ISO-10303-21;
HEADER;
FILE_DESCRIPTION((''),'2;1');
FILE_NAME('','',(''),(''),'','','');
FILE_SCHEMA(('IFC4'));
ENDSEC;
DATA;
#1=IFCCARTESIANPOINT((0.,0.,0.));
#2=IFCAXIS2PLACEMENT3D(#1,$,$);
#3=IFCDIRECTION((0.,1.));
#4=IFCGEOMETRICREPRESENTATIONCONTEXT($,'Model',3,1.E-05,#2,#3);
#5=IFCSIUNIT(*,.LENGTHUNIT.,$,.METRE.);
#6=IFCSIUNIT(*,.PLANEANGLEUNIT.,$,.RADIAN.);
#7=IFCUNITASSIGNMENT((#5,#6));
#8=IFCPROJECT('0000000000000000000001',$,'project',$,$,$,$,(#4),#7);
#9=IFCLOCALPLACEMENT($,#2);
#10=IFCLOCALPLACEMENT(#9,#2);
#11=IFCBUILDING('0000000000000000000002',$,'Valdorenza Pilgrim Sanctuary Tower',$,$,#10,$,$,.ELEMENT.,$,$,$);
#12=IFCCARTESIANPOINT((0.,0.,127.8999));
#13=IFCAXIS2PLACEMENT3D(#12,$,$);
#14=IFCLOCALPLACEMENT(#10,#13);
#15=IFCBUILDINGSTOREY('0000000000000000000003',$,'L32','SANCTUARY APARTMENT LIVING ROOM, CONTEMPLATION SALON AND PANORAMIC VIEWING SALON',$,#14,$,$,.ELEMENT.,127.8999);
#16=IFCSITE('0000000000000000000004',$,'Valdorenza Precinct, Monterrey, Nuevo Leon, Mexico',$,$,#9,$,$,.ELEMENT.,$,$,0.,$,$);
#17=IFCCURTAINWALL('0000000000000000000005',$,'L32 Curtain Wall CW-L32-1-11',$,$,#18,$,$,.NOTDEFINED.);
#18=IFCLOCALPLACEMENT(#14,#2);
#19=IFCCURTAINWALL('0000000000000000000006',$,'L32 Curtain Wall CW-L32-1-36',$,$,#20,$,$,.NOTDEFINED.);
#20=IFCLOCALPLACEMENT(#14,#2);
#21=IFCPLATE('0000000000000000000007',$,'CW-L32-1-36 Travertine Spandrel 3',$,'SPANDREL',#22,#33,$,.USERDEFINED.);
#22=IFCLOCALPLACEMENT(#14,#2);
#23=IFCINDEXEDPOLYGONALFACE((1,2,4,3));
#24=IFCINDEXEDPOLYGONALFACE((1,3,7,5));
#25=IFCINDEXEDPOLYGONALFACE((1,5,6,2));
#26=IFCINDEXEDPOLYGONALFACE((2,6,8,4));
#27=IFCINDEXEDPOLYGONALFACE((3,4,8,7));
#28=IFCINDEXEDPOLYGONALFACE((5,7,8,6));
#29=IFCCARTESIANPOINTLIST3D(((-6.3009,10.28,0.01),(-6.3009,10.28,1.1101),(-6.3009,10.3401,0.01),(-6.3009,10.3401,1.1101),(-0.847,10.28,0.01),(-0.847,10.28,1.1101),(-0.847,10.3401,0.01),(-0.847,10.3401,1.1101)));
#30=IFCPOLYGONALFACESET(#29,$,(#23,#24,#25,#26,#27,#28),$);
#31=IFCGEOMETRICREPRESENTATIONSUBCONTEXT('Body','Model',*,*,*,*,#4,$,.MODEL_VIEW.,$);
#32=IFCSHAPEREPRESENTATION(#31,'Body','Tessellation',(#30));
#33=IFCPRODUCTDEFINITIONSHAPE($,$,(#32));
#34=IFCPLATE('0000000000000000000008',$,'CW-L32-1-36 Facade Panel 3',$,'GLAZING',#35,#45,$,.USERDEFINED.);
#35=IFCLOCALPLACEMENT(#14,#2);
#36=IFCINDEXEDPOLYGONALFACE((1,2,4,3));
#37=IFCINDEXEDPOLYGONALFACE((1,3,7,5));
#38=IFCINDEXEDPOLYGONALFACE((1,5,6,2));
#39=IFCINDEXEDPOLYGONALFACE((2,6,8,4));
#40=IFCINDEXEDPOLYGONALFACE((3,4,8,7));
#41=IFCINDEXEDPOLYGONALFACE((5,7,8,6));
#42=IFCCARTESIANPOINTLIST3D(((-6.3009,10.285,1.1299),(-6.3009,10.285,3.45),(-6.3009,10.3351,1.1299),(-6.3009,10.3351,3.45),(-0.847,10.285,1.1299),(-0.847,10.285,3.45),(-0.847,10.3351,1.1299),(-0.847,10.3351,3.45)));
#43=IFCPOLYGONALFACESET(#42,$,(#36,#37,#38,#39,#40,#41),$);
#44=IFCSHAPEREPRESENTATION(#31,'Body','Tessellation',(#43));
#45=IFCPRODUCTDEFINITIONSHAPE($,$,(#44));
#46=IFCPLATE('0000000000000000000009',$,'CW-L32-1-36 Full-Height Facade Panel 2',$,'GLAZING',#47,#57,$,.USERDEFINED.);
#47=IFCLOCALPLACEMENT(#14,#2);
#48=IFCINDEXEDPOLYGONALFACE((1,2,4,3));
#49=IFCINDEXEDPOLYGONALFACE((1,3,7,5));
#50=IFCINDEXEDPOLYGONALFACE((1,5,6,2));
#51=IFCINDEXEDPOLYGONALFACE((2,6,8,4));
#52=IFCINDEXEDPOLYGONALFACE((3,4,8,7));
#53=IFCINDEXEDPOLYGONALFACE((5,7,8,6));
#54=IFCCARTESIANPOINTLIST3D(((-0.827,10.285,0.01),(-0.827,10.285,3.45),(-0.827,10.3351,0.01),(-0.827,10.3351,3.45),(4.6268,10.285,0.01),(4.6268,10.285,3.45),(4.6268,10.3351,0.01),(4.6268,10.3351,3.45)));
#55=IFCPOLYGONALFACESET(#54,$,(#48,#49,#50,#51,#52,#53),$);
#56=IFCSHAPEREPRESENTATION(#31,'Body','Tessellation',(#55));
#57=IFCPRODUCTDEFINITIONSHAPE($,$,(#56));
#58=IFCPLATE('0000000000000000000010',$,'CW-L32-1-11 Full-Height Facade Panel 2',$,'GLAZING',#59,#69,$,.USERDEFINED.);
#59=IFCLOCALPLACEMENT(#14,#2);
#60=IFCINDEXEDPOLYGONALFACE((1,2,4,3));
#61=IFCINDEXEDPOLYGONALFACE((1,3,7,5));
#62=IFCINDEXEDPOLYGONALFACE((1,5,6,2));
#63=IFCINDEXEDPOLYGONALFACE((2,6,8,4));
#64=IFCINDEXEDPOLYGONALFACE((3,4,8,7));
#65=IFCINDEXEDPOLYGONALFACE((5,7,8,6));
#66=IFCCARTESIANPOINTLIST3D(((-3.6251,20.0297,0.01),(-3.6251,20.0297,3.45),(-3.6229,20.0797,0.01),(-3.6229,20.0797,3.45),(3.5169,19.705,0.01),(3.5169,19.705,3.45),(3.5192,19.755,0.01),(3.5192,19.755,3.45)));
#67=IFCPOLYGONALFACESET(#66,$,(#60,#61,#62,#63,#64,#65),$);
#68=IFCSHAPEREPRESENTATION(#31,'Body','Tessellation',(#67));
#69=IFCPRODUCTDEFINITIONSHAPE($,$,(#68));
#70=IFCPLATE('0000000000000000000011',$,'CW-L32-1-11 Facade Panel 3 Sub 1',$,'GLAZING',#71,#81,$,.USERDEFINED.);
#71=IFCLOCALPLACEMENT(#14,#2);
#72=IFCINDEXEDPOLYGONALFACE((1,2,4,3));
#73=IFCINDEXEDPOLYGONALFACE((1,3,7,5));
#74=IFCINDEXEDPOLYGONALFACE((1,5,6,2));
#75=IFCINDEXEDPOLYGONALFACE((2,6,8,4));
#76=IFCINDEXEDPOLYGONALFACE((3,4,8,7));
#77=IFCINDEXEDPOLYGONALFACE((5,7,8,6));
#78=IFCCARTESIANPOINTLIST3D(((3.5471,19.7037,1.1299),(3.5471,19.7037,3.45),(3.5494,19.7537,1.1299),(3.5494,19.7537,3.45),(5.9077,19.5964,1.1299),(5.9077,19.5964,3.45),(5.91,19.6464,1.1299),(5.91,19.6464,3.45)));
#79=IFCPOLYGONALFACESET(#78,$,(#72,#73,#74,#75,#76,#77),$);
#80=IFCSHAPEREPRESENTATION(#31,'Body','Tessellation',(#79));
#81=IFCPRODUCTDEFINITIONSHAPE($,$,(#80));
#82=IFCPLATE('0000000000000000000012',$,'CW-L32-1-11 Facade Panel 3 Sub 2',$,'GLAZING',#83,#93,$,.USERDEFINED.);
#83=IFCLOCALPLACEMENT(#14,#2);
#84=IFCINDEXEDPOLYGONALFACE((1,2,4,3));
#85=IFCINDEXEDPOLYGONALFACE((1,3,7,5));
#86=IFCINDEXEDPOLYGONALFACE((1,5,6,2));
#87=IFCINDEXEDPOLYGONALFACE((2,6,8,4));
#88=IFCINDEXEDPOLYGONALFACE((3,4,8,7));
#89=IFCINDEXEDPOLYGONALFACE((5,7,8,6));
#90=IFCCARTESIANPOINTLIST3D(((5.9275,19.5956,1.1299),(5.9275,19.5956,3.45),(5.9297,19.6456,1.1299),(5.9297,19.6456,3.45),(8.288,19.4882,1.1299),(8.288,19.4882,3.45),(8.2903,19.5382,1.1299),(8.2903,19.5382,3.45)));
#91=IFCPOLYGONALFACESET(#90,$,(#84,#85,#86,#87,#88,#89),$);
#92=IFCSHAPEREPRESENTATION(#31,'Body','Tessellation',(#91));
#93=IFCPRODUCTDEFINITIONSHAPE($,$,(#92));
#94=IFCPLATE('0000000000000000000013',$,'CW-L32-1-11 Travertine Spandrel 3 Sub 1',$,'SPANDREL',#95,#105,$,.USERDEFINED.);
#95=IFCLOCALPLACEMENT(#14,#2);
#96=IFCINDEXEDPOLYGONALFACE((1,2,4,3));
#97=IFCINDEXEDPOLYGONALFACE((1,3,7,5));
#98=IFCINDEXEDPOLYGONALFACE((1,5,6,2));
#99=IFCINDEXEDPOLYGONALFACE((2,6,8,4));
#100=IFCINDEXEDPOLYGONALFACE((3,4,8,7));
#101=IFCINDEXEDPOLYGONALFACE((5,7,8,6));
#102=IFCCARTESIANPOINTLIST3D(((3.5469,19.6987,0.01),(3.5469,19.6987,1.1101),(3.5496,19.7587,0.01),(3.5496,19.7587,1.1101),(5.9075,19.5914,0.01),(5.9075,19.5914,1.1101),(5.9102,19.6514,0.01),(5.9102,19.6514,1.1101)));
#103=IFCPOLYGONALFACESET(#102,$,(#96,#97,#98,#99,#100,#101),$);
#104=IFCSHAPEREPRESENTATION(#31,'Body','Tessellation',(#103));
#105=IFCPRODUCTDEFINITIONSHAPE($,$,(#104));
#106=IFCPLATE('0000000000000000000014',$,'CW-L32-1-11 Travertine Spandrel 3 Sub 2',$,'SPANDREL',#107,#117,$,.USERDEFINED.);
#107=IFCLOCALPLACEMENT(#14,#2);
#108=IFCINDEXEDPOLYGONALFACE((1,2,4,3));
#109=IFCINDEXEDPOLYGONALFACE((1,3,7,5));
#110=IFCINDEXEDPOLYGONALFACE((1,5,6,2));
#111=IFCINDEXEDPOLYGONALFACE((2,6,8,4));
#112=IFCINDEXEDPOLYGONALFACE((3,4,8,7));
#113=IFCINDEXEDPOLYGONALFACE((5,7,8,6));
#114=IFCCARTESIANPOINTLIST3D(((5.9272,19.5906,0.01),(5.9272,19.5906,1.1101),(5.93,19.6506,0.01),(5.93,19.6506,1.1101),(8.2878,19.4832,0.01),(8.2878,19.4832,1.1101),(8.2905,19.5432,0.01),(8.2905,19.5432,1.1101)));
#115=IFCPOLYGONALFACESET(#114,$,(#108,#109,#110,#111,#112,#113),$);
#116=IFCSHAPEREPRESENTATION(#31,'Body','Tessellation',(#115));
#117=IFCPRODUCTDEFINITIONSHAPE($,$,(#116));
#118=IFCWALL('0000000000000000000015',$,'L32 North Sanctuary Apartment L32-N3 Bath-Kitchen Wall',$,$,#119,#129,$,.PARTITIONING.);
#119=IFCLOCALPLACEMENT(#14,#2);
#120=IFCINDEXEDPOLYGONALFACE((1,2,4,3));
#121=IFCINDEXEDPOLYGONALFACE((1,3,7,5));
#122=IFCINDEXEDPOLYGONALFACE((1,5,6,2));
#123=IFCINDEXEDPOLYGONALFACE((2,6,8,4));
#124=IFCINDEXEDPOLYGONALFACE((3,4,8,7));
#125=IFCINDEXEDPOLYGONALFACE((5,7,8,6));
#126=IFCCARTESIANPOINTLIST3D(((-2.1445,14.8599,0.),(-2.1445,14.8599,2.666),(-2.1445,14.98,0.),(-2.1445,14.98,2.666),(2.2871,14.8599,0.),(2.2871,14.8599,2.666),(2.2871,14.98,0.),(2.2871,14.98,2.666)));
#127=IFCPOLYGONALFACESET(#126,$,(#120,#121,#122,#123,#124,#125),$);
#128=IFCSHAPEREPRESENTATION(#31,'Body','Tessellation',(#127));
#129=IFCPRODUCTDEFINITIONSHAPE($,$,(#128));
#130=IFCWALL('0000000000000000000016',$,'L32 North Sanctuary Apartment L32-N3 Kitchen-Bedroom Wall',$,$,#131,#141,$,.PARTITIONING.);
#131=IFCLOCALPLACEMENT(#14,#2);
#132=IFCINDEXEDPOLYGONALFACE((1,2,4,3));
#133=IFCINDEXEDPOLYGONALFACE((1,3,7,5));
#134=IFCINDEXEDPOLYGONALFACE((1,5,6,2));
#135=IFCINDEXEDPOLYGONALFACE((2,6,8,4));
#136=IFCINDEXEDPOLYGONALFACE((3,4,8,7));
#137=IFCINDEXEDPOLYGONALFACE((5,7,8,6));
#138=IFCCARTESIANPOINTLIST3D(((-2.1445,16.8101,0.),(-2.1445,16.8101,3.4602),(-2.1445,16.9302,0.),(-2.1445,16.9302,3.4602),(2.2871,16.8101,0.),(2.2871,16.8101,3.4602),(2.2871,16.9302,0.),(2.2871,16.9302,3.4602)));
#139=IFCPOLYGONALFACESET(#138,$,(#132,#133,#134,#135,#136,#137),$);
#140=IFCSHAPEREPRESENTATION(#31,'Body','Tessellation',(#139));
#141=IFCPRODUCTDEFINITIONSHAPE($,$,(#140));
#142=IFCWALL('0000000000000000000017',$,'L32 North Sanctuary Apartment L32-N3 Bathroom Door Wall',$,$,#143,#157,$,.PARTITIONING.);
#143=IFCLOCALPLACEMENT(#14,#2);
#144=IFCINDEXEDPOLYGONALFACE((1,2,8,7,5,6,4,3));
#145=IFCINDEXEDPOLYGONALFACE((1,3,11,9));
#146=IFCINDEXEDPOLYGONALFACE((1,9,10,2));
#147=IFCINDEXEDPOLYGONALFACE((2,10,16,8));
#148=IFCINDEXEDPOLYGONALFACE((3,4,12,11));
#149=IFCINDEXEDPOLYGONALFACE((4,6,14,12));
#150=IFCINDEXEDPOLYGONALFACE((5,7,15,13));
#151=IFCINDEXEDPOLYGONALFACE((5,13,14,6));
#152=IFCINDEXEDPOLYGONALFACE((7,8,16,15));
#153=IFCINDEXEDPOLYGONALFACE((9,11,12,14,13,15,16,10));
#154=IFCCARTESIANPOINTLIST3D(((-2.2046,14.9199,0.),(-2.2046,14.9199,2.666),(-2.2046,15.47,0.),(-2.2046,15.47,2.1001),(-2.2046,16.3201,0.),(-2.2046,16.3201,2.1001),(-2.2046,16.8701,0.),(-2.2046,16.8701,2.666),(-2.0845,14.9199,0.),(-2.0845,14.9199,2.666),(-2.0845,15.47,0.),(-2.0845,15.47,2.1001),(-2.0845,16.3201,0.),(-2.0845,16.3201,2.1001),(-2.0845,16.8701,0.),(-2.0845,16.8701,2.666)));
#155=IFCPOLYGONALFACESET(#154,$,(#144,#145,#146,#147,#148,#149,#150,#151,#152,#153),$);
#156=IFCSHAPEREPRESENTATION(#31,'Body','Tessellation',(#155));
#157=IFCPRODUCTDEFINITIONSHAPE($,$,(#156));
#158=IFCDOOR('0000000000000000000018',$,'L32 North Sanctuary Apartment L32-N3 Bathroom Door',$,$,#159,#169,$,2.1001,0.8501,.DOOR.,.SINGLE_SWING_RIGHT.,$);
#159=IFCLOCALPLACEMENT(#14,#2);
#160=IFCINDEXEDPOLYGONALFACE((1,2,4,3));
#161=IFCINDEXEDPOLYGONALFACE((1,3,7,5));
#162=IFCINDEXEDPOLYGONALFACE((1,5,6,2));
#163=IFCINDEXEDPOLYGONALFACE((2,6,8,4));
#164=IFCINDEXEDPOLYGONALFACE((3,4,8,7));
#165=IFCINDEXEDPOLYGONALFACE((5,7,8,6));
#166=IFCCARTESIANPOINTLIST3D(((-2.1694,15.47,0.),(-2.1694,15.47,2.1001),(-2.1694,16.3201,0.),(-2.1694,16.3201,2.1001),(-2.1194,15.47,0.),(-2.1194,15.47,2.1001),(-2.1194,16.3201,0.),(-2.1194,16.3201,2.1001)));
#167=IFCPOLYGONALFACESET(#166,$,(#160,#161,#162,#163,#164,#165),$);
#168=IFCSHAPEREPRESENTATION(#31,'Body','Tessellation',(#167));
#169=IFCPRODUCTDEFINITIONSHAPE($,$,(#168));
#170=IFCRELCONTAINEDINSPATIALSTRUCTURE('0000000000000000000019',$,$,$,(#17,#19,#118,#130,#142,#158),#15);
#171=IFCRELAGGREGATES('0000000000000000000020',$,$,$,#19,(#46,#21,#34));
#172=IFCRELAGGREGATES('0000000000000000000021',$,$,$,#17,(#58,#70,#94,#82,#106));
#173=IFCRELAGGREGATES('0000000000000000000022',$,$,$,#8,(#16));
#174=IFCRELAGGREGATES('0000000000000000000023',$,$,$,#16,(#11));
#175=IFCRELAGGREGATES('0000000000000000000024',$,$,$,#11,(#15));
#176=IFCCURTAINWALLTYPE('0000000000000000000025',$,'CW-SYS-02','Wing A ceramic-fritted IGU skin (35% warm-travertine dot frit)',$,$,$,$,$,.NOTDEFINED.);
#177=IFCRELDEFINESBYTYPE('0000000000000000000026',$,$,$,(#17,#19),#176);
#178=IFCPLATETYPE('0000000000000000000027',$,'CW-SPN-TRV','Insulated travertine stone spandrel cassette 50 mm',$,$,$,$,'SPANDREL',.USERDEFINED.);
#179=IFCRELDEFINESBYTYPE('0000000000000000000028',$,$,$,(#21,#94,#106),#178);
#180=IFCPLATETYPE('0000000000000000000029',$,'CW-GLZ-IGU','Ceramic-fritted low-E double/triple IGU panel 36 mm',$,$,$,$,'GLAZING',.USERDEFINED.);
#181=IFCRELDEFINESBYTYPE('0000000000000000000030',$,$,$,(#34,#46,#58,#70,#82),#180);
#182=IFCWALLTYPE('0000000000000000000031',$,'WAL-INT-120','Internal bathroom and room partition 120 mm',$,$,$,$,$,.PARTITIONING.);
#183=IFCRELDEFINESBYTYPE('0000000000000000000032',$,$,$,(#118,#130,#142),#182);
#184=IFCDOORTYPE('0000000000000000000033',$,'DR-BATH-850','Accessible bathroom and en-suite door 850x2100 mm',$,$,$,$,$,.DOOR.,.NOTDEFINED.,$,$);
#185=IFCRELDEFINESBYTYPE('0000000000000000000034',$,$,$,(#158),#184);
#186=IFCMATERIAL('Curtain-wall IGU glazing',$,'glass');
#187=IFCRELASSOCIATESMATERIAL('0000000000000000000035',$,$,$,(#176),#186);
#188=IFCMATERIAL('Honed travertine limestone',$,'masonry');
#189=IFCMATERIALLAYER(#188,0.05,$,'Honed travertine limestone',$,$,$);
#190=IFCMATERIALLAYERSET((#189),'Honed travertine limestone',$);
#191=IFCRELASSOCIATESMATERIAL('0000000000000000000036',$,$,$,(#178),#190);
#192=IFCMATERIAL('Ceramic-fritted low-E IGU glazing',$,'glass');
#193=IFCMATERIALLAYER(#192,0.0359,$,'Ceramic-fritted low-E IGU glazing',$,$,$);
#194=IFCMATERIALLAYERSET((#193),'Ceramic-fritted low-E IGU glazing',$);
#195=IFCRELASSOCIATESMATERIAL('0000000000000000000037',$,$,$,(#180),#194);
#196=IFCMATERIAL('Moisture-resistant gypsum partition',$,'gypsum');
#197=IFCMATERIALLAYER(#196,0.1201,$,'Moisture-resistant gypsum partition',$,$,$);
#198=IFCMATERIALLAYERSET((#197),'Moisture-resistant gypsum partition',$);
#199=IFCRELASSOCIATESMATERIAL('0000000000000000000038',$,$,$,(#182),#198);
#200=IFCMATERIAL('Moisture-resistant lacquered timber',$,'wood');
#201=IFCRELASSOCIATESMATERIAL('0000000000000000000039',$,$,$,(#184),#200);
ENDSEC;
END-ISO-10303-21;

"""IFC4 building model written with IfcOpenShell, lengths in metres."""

from ifc_helpers import new_model, si_unit, direction, frame, frame_2d, origin, origin_2d, place, context, subcontext, project, spatial, rectangle, extrude, source, transform, mapped, material, layer, layer_set, type_object, element, fill, aggregate, save


model = new_model("IFC4")

# Units and contexts
model_context = context("Model", 3, precision=1e-05, world=origin(), true_north=direction((0.0, 1.0)))
body_context = subcontext(model_context, "Body", "Model", "MODEL_VIEW")
ifc_project = project(units=[si_unit("LENGTHUNIT", "METRE"), si_unit("PLANEANGLEUNIT", "RADIAN")], contexts=[model_context])

# Site, building, storey
site_placement = place(None, origin())
site = spatial("IfcSite", under=ifc_project, at=site_placement, Name="Valdorenza Precinct, Monterrey, Nuevo Leon, Mexico", CompositionType="ELEMENT", RefElevation=0.0)
building_placement = place(site_placement, origin())
building = spatial("IfcBuilding", under=site, at=building_placement, Name="Valdorenza Pilgrim Sanctuary Tower", CompositionType="ELEMENT")
storey_placement = place(building_placement, frame((0.0, 0.0, 127.8999)))
storey = spatial("IfcBuildingStorey", under=building, at=storey_placement, Name="L32", Description="SANCTUARY APARTMENT LIVING ROOM, CONTEMPLATION SALON AND PANORAMIC VIEWING SALON", CompositionType="ELEMENT", Elevation=127.8999)

# Curtain walls
ifc_material_1 = material(Name="Curtain-wall IGU glazing", Category="glass")
curtain_wall_type = type_object("IfcCurtainWallType", Name="CW-SYS-02", Description="Wing A ceramic-fritted IGU skin (35% warm-travertine dot frit)", PredefinedType="NOTDEFINED", material=ifc_material_1)
curtain_wall_1_placement = place(storey_placement, origin())
curtain_wall_1 = element("IfcCurtainWall", 1, at=curtain_wall_1_placement, inside=storey, type_object=curtain_wall_type, Name="L32 Curtain Wall CW-L32-1-11", PredefinedType="NOTDEFINED")
curtain_wall_2_placement = place(storey_placement, origin())
curtain_wall_2 = element("IfcCurtainWall", 2, at=curtain_wall_2_placement, inside=storey, type_object=curtain_wall_type, Name="L32 Curtain Wall CW-L32-1-36", PredefinedType="NOTDEFINED")

# Plates
ifc_material_2 = material(Name="Honed travertine limestone", Category="masonry")
ifc_layer_1 = layer(ifc_material_2, 0.05, Name="Honed travertine limestone")
ifc_layer_set_1 = layer_set([ifc_layer_1], Name="Honed travertine limestone")
plate_type_1 = type_object("IfcPlateType", Name="CW-SPN-TRV", Description="Insulated travertine stone spandrel cassette 50 mm", ElementType="SPANDREL", PredefinedType="USERDEFINED", material=ifc_layer_set_1)
shared_shape_1 = source(origin(), body_context, "Body", "SweptSolid", [
    extrude(rectangle(XDim=5.4539, YDim=0.0601, at=origin_2d()), origin(), (0.0, 0.0, 1.0), 1.1001),
])
plate_1_placement = place(storey_placement, frame((-3.574, 10.3101, 0.01), z_axis=(0.0, 0.0, 1.0), x_axis=(-1.0, 0.0, 0.0)))
plate_1 = element("IfcPlate", 3, at=plate_1_placement, type_object=plate_type_1, Name="CW-L32-1-36 Travertine Spandrel 3", ObjectType="SPANDREL", PredefinedType="USERDEFINED", context=body_context, shape_type="MappedRepresentation", body=[
    mapped(shared_shape_1, transform((0.0, 0.0, 0.0), x_axis=(1.0, 0.0, 0.0), y_axis=(0.0, 1.0, 0.0), z_axis=(0.0, 0.0, 1.0), scale=1.0)),
])
ifc_material_3 = material(Name="Ceramic-fritted low-E IGU glazing", Category="glass")
ifc_layer_2 = layer(ifc_material_3, 0.0359, Name="Ceramic-fritted low-E IGU glazing")
ifc_layer_set_2 = layer_set([ifc_layer_2], Name="Ceramic-fritted low-E IGU glazing")
plate_type_2 = type_object("IfcPlateType", Name="CW-GLZ-IGU", Description="Ceramic-fritted low-E double/triple IGU panel 36 mm", ElementType="GLAZING", PredefinedType="USERDEFINED", material=ifc_layer_set_2)
shared_shape_2 = source(origin(), body_context, "Body", "SweptSolid", [
    extrude(rectangle(XDim=5.4539, YDim=0.05, at=origin_2d()), origin(), (0.0, 0.0, 1.0), 2.3201),
])
plate_2_placement = place(storey_placement, frame((-3.574, 10.3101, 1.1299), z_axis=(0.0, 0.0, 1.0), x_axis=(-1.0, 0.0, 0.0)))
plate_2 = element("IfcPlate", 4, at=plate_2_placement, type_object=plate_type_2, Name="CW-L32-1-36 Facade Panel 3", ObjectType="GLAZING", PredefinedType="USERDEFINED", context=body_context, shape_type="MappedRepresentation", body=[
    mapped(shared_shape_2, transform((0.0, 0.0, 0.0), x_axis=(1.0, 0.0, 0.0), y_axis=(0.0, 1.0, 0.0), z_axis=(0.0, 0.0, 1.0), scale=1.0)),
])
shared_shape_3 = source(origin(), body_context, "Body", "SweptSolid", [
    extrude(rectangle(XDim=5.4539, YDim=0.05, at=origin_2d()), origin(), (0.0, 0.0, 1.0), 3.4399),
])
plate_3_placement = place(storey_placement, frame((1.8999, 10.3101, 0.01), z_axis=(0.0, 0.0, 1.0), x_axis=(-1.0, 0.0, 0.0)))
plate_3 = element("IfcPlate", 5, at=plate_3_placement, type_object=plate_type_2, Name="CW-L32-1-36 Full-Height Facade Panel 2", ObjectType="GLAZING", PredefinedType="USERDEFINED", context=body_context, shape_type="MappedRepresentation", body=[
    mapped(shared_shape_3, transform((0.0, 0.0, 0.0), x_axis=(1.0, 0.0, 0.0), y_axis=(0.0, 1.0, 0.0), z_axis=(0.0, 0.0, 1.0), scale=1.0)),
])
aggregate(curtain_wall_2, [plate_3, plate_1, plate_2])
shared_shape_4 = source(origin(), body_context, "Body", "SweptSolid", [
    extrude(rectangle(XDim=7.1494, YDim=0.05, at=origin_2d()), origin(), (0.0, 0.0, 1.0), 3.4399),
])
plate_4_placement = place(storey_placement, frame((-0.053, 19.8923, 0.01), z_axis=(0.0, 0.0, 1.0), x_axis=(0.998968, -0.045415, 0.0)))
plate_4 = element("IfcPlate", 6, at=plate_4_placement, type_object=plate_type_2, Name="CW-L32-1-11 Full-Height Facade Panel 2", ObjectType="GLAZING", PredefinedType="USERDEFINED", context=body_context, shape_type="MappedRepresentation", body=[
    mapped(shared_shape_4, transform((0.0, 0.0, 0.0), x_axis=(1.0, 0.0, 0.0), y_axis=(0.0, 1.0, 0.0), z_axis=(0.0, 0.0, 1.0), scale=1.0)),
])
shared_shape_5 = source(origin(), body_context, "Body", "SweptSolid", [
    extrude(rectangle(XDim=2.363, YDim=0.05, at=origin_2d()), origin(), (0.0, 0.0, 1.0), 2.3201),
])
plate_5_placement = place(storey_placement, frame((4.7285, 19.675, 1.1299), z_axis=(0.0, 0.0, 1.0), x_axis=(0.998968, -0.045415, 0.0)))
plate_5 = element("IfcPlate", 7, at=plate_5_placement, type_object=plate_type_2, Name="CW-L32-1-11 Facade Panel 3 Sub 1", ObjectType="GLAZING", PredefinedType="USERDEFINED", context=body_context, shape_type="MappedRepresentation", body=[
    mapped(shared_shape_5, transform((0.0, 0.0, 0.0), x_axis=(1.0, 0.0, 0.0), y_axis=(0.0, 1.0, 0.0), z_axis=(0.0, 0.0, 1.0), scale=1.0)),
])
plate_6_placement = place(storey_placement, frame((7.1089, 19.5669, 1.1299), z_axis=(0.0, 0.0, 1.0), x_axis=(0.998968, -0.045415, 0.0)))
plate_6 = element("IfcPlate", 8, at=plate_6_placement, type_object=plate_type_2, Name="CW-L32-1-11 Facade Panel 3 Sub 2", ObjectType="GLAZING", PredefinedType="USERDEFINED", context=body_context, shape_type="MappedRepresentation", body=[
    mapped(shared_shape_5, transform((0.0, 0.0, 0.0), x_axis=(1.0, 0.0, 0.0), y_axis=(0.0, 1.0, 0.0), z_axis=(0.0, 0.0, 1.0), scale=1.0)),
])
shared_shape_6 = source(origin(), body_context, "Body", "SweptSolid", [
    extrude(rectangle(XDim=2.363, YDim=0.0601, at=origin_2d()), origin(), (0.0, 0.0, 1.0), 1.1001),
])
plate_7_placement = place(storey_placement, frame((4.7285, 19.675, 0.01), z_axis=(0.0, 0.0, 1.0), x_axis=(0.998968, -0.045415, 0.0)))
plate_7 = element("IfcPlate", 9, at=plate_7_placement, type_object=plate_type_1, Name="CW-L32-1-11 Travertine Spandrel 3 Sub 1", ObjectType="SPANDREL", PredefinedType="USERDEFINED", context=body_context, shape_type="MappedRepresentation", body=[
    mapped(shared_shape_6, transform((0.0, 0.0, 0.0), x_axis=(1.0, 0.0, 0.0), y_axis=(0.0, 1.0, 0.0), z_axis=(0.0, 0.0, 1.0), scale=1.0)),
])
plate_8_placement = place(storey_placement, frame((7.1089, 19.5669, 0.01), z_axis=(0.0, 0.0, 1.0), x_axis=(0.998968, -0.045415, 0.0)))
plate_8 = element("IfcPlate", 10, at=plate_8_placement, type_object=plate_type_1, Name="CW-L32-1-11 Travertine Spandrel 3 Sub 2", ObjectType="SPANDREL", PredefinedType="USERDEFINED", context=body_context, shape_type="MappedRepresentation", body=[
    mapped(shared_shape_6, transform((0.0, 0.0, 0.0), x_axis=(1.0, 0.0, 0.0), y_axis=(0.0, 1.0, 0.0), z_axis=(0.0, 0.0, 1.0), scale=1.0)),
])
aggregate(curtain_wall_1, [plate_4, plate_5, plate_7, plate_6, plate_8])

# Walls
ifc_material_4 = material(Name="Moisture-resistant gypsum partition", Category="gypsum")
ifc_layer_3 = layer(ifc_material_4, 0.1201, Name="Moisture-resistant gypsum partition")
ifc_layer_set_3 = layer_set([ifc_layer_3], Name="Moisture-resistant gypsum partition")
wall_type_1 = type_object("IfcWallType", Name="WAL-INT-120", Description="Internal bathroom and room partition 120 mm", PredefinedType="PARTITIONING", material=ifc_layer_set_3)
wall_1_placement = place(storey_placement, frame((-2.1445, 14.9199, 0.0), z_axis=(0.0, 0.0, 1.0), x_axis=(1.0, 0.0, 0.0)))
element("IfcWall", 11, at=wall_1_placement, inside=storey, type_object=wall_type_1, Name="L32 North Sanctuary Apartment L32-N3 Bath-Kitchen Wall", PredefinedType="PARTITIONING", context=body_context, shape_type="SweptSolid", body=[
    extrude(rectangle(XDim=4.4316, YDim=0.1201, at=frame_2d((2.2158, 0.0))), origin(), (0.0, 0.0, 1.0), 2.666),
])
wall_2_placement = place(storey_placement, frame((-2.1445, 16.8701, 0.0), z_axis=(0.0, 0.0, 1.0), x_axis=(1.0, 0.0, 0.0)))
element("IfcWall", 12, at=wall_2_placement, inside=storey, type_object=wall_type_1, Name="L32 North Sanctuary Apartment L32-N3 Kitchen-Bedroom Wall", PredefinedType="PARTITIONING", context=body_context, shape_type="SweptSolid", body=[
    extrude(rectangle(XDim=4.4316, YDim=0.1201, at=frame_2d((2.2158, 0.0))), origin(), (0.0, 0.0, 1.0), 3.4602),
])

# Wall, opening, door
wall_3_placement = place(storey_placement, frame((-2.1445, 14.9199, 0.0), z_axis=(0.0, 0.0, 1.0), x_axis=(0.0, 1.0, 0.0)))
wall_3 = element("IfcWall", 13, at=wall_3_placement, inside=storey, type_object=wall_type_1, Name="L32 North Sanctuary Apartment L32-N3 Bathroom Door Wall", PredefinedType="PARTITIONING", context=body_context, shape_type="SweptSolid", body=[
    extrude(rectangle(XDim=1.9502, YDim=0.1201, at=frame_2d((0.9751, 0.0))), origin(), (0.0, 0.0, 1.0), 2.666),
])
opening_1_placement = place(wall_3_placement, frame((0.55, 0.0, 0.0)))
opening_1 = element("IfcOpeningElement", 14, at=opening_1_placement, cuts=wall_3, PredefinedType="OPENING", context=body_context, shape_type="SweptSolid", body=[
    extrude(rectangle(XDim=0.8501, YDim=2.1001, at=frame_2d((0.425, 1.05))), frame((0.0, 0.075, 0.0), z_axis=(0.0, -1.0, 0.0), x_axis=(1.0, 0.0, 0.0)), (0.0, 0.0, 1.0), 0.1499),
])
ifc_material_5 = material(Name="Moisture-resistant lacquered timber", Category="wood")
door_type_1 = type_object("IfcDoorType", Name="DR-BATH-850", Description="Accessible bathroom and en-suite door 850x2100 mm", OperationType="NOTDEFINED", PredefinedType="DOOR", material=ifc_material_5)
door_1_placement = place(opening_1_placement, origin())
door_1 = element("IfcDoor", 15, at=door_1_placement, inside=storey, type_object=door_type_1, Name="L32 North Sanctuary Apartment L32-N3 Bathroom Door", OperationType="SINGLE_SWING_RIGHT", OverallHeight=2.1001, OverallWidth=0.8501, PredefinedType="DOOR", context=body_context, shape_type="SweptSolid", body=[
    extrude(rectangle(XDim=0.8501, YDim=2.1001, at=frame_2d((0.425, 1.05))), frame((0.0, 0.0249, 0.0), z_axis=(0.0, -1.0, 0.0), x_axis=(1.0, 0.0, 0.0)), (0.0, 0.0, 1.0), 0.05),
])
fill(opening_1, door_1)

save(model, "model.ifc")
